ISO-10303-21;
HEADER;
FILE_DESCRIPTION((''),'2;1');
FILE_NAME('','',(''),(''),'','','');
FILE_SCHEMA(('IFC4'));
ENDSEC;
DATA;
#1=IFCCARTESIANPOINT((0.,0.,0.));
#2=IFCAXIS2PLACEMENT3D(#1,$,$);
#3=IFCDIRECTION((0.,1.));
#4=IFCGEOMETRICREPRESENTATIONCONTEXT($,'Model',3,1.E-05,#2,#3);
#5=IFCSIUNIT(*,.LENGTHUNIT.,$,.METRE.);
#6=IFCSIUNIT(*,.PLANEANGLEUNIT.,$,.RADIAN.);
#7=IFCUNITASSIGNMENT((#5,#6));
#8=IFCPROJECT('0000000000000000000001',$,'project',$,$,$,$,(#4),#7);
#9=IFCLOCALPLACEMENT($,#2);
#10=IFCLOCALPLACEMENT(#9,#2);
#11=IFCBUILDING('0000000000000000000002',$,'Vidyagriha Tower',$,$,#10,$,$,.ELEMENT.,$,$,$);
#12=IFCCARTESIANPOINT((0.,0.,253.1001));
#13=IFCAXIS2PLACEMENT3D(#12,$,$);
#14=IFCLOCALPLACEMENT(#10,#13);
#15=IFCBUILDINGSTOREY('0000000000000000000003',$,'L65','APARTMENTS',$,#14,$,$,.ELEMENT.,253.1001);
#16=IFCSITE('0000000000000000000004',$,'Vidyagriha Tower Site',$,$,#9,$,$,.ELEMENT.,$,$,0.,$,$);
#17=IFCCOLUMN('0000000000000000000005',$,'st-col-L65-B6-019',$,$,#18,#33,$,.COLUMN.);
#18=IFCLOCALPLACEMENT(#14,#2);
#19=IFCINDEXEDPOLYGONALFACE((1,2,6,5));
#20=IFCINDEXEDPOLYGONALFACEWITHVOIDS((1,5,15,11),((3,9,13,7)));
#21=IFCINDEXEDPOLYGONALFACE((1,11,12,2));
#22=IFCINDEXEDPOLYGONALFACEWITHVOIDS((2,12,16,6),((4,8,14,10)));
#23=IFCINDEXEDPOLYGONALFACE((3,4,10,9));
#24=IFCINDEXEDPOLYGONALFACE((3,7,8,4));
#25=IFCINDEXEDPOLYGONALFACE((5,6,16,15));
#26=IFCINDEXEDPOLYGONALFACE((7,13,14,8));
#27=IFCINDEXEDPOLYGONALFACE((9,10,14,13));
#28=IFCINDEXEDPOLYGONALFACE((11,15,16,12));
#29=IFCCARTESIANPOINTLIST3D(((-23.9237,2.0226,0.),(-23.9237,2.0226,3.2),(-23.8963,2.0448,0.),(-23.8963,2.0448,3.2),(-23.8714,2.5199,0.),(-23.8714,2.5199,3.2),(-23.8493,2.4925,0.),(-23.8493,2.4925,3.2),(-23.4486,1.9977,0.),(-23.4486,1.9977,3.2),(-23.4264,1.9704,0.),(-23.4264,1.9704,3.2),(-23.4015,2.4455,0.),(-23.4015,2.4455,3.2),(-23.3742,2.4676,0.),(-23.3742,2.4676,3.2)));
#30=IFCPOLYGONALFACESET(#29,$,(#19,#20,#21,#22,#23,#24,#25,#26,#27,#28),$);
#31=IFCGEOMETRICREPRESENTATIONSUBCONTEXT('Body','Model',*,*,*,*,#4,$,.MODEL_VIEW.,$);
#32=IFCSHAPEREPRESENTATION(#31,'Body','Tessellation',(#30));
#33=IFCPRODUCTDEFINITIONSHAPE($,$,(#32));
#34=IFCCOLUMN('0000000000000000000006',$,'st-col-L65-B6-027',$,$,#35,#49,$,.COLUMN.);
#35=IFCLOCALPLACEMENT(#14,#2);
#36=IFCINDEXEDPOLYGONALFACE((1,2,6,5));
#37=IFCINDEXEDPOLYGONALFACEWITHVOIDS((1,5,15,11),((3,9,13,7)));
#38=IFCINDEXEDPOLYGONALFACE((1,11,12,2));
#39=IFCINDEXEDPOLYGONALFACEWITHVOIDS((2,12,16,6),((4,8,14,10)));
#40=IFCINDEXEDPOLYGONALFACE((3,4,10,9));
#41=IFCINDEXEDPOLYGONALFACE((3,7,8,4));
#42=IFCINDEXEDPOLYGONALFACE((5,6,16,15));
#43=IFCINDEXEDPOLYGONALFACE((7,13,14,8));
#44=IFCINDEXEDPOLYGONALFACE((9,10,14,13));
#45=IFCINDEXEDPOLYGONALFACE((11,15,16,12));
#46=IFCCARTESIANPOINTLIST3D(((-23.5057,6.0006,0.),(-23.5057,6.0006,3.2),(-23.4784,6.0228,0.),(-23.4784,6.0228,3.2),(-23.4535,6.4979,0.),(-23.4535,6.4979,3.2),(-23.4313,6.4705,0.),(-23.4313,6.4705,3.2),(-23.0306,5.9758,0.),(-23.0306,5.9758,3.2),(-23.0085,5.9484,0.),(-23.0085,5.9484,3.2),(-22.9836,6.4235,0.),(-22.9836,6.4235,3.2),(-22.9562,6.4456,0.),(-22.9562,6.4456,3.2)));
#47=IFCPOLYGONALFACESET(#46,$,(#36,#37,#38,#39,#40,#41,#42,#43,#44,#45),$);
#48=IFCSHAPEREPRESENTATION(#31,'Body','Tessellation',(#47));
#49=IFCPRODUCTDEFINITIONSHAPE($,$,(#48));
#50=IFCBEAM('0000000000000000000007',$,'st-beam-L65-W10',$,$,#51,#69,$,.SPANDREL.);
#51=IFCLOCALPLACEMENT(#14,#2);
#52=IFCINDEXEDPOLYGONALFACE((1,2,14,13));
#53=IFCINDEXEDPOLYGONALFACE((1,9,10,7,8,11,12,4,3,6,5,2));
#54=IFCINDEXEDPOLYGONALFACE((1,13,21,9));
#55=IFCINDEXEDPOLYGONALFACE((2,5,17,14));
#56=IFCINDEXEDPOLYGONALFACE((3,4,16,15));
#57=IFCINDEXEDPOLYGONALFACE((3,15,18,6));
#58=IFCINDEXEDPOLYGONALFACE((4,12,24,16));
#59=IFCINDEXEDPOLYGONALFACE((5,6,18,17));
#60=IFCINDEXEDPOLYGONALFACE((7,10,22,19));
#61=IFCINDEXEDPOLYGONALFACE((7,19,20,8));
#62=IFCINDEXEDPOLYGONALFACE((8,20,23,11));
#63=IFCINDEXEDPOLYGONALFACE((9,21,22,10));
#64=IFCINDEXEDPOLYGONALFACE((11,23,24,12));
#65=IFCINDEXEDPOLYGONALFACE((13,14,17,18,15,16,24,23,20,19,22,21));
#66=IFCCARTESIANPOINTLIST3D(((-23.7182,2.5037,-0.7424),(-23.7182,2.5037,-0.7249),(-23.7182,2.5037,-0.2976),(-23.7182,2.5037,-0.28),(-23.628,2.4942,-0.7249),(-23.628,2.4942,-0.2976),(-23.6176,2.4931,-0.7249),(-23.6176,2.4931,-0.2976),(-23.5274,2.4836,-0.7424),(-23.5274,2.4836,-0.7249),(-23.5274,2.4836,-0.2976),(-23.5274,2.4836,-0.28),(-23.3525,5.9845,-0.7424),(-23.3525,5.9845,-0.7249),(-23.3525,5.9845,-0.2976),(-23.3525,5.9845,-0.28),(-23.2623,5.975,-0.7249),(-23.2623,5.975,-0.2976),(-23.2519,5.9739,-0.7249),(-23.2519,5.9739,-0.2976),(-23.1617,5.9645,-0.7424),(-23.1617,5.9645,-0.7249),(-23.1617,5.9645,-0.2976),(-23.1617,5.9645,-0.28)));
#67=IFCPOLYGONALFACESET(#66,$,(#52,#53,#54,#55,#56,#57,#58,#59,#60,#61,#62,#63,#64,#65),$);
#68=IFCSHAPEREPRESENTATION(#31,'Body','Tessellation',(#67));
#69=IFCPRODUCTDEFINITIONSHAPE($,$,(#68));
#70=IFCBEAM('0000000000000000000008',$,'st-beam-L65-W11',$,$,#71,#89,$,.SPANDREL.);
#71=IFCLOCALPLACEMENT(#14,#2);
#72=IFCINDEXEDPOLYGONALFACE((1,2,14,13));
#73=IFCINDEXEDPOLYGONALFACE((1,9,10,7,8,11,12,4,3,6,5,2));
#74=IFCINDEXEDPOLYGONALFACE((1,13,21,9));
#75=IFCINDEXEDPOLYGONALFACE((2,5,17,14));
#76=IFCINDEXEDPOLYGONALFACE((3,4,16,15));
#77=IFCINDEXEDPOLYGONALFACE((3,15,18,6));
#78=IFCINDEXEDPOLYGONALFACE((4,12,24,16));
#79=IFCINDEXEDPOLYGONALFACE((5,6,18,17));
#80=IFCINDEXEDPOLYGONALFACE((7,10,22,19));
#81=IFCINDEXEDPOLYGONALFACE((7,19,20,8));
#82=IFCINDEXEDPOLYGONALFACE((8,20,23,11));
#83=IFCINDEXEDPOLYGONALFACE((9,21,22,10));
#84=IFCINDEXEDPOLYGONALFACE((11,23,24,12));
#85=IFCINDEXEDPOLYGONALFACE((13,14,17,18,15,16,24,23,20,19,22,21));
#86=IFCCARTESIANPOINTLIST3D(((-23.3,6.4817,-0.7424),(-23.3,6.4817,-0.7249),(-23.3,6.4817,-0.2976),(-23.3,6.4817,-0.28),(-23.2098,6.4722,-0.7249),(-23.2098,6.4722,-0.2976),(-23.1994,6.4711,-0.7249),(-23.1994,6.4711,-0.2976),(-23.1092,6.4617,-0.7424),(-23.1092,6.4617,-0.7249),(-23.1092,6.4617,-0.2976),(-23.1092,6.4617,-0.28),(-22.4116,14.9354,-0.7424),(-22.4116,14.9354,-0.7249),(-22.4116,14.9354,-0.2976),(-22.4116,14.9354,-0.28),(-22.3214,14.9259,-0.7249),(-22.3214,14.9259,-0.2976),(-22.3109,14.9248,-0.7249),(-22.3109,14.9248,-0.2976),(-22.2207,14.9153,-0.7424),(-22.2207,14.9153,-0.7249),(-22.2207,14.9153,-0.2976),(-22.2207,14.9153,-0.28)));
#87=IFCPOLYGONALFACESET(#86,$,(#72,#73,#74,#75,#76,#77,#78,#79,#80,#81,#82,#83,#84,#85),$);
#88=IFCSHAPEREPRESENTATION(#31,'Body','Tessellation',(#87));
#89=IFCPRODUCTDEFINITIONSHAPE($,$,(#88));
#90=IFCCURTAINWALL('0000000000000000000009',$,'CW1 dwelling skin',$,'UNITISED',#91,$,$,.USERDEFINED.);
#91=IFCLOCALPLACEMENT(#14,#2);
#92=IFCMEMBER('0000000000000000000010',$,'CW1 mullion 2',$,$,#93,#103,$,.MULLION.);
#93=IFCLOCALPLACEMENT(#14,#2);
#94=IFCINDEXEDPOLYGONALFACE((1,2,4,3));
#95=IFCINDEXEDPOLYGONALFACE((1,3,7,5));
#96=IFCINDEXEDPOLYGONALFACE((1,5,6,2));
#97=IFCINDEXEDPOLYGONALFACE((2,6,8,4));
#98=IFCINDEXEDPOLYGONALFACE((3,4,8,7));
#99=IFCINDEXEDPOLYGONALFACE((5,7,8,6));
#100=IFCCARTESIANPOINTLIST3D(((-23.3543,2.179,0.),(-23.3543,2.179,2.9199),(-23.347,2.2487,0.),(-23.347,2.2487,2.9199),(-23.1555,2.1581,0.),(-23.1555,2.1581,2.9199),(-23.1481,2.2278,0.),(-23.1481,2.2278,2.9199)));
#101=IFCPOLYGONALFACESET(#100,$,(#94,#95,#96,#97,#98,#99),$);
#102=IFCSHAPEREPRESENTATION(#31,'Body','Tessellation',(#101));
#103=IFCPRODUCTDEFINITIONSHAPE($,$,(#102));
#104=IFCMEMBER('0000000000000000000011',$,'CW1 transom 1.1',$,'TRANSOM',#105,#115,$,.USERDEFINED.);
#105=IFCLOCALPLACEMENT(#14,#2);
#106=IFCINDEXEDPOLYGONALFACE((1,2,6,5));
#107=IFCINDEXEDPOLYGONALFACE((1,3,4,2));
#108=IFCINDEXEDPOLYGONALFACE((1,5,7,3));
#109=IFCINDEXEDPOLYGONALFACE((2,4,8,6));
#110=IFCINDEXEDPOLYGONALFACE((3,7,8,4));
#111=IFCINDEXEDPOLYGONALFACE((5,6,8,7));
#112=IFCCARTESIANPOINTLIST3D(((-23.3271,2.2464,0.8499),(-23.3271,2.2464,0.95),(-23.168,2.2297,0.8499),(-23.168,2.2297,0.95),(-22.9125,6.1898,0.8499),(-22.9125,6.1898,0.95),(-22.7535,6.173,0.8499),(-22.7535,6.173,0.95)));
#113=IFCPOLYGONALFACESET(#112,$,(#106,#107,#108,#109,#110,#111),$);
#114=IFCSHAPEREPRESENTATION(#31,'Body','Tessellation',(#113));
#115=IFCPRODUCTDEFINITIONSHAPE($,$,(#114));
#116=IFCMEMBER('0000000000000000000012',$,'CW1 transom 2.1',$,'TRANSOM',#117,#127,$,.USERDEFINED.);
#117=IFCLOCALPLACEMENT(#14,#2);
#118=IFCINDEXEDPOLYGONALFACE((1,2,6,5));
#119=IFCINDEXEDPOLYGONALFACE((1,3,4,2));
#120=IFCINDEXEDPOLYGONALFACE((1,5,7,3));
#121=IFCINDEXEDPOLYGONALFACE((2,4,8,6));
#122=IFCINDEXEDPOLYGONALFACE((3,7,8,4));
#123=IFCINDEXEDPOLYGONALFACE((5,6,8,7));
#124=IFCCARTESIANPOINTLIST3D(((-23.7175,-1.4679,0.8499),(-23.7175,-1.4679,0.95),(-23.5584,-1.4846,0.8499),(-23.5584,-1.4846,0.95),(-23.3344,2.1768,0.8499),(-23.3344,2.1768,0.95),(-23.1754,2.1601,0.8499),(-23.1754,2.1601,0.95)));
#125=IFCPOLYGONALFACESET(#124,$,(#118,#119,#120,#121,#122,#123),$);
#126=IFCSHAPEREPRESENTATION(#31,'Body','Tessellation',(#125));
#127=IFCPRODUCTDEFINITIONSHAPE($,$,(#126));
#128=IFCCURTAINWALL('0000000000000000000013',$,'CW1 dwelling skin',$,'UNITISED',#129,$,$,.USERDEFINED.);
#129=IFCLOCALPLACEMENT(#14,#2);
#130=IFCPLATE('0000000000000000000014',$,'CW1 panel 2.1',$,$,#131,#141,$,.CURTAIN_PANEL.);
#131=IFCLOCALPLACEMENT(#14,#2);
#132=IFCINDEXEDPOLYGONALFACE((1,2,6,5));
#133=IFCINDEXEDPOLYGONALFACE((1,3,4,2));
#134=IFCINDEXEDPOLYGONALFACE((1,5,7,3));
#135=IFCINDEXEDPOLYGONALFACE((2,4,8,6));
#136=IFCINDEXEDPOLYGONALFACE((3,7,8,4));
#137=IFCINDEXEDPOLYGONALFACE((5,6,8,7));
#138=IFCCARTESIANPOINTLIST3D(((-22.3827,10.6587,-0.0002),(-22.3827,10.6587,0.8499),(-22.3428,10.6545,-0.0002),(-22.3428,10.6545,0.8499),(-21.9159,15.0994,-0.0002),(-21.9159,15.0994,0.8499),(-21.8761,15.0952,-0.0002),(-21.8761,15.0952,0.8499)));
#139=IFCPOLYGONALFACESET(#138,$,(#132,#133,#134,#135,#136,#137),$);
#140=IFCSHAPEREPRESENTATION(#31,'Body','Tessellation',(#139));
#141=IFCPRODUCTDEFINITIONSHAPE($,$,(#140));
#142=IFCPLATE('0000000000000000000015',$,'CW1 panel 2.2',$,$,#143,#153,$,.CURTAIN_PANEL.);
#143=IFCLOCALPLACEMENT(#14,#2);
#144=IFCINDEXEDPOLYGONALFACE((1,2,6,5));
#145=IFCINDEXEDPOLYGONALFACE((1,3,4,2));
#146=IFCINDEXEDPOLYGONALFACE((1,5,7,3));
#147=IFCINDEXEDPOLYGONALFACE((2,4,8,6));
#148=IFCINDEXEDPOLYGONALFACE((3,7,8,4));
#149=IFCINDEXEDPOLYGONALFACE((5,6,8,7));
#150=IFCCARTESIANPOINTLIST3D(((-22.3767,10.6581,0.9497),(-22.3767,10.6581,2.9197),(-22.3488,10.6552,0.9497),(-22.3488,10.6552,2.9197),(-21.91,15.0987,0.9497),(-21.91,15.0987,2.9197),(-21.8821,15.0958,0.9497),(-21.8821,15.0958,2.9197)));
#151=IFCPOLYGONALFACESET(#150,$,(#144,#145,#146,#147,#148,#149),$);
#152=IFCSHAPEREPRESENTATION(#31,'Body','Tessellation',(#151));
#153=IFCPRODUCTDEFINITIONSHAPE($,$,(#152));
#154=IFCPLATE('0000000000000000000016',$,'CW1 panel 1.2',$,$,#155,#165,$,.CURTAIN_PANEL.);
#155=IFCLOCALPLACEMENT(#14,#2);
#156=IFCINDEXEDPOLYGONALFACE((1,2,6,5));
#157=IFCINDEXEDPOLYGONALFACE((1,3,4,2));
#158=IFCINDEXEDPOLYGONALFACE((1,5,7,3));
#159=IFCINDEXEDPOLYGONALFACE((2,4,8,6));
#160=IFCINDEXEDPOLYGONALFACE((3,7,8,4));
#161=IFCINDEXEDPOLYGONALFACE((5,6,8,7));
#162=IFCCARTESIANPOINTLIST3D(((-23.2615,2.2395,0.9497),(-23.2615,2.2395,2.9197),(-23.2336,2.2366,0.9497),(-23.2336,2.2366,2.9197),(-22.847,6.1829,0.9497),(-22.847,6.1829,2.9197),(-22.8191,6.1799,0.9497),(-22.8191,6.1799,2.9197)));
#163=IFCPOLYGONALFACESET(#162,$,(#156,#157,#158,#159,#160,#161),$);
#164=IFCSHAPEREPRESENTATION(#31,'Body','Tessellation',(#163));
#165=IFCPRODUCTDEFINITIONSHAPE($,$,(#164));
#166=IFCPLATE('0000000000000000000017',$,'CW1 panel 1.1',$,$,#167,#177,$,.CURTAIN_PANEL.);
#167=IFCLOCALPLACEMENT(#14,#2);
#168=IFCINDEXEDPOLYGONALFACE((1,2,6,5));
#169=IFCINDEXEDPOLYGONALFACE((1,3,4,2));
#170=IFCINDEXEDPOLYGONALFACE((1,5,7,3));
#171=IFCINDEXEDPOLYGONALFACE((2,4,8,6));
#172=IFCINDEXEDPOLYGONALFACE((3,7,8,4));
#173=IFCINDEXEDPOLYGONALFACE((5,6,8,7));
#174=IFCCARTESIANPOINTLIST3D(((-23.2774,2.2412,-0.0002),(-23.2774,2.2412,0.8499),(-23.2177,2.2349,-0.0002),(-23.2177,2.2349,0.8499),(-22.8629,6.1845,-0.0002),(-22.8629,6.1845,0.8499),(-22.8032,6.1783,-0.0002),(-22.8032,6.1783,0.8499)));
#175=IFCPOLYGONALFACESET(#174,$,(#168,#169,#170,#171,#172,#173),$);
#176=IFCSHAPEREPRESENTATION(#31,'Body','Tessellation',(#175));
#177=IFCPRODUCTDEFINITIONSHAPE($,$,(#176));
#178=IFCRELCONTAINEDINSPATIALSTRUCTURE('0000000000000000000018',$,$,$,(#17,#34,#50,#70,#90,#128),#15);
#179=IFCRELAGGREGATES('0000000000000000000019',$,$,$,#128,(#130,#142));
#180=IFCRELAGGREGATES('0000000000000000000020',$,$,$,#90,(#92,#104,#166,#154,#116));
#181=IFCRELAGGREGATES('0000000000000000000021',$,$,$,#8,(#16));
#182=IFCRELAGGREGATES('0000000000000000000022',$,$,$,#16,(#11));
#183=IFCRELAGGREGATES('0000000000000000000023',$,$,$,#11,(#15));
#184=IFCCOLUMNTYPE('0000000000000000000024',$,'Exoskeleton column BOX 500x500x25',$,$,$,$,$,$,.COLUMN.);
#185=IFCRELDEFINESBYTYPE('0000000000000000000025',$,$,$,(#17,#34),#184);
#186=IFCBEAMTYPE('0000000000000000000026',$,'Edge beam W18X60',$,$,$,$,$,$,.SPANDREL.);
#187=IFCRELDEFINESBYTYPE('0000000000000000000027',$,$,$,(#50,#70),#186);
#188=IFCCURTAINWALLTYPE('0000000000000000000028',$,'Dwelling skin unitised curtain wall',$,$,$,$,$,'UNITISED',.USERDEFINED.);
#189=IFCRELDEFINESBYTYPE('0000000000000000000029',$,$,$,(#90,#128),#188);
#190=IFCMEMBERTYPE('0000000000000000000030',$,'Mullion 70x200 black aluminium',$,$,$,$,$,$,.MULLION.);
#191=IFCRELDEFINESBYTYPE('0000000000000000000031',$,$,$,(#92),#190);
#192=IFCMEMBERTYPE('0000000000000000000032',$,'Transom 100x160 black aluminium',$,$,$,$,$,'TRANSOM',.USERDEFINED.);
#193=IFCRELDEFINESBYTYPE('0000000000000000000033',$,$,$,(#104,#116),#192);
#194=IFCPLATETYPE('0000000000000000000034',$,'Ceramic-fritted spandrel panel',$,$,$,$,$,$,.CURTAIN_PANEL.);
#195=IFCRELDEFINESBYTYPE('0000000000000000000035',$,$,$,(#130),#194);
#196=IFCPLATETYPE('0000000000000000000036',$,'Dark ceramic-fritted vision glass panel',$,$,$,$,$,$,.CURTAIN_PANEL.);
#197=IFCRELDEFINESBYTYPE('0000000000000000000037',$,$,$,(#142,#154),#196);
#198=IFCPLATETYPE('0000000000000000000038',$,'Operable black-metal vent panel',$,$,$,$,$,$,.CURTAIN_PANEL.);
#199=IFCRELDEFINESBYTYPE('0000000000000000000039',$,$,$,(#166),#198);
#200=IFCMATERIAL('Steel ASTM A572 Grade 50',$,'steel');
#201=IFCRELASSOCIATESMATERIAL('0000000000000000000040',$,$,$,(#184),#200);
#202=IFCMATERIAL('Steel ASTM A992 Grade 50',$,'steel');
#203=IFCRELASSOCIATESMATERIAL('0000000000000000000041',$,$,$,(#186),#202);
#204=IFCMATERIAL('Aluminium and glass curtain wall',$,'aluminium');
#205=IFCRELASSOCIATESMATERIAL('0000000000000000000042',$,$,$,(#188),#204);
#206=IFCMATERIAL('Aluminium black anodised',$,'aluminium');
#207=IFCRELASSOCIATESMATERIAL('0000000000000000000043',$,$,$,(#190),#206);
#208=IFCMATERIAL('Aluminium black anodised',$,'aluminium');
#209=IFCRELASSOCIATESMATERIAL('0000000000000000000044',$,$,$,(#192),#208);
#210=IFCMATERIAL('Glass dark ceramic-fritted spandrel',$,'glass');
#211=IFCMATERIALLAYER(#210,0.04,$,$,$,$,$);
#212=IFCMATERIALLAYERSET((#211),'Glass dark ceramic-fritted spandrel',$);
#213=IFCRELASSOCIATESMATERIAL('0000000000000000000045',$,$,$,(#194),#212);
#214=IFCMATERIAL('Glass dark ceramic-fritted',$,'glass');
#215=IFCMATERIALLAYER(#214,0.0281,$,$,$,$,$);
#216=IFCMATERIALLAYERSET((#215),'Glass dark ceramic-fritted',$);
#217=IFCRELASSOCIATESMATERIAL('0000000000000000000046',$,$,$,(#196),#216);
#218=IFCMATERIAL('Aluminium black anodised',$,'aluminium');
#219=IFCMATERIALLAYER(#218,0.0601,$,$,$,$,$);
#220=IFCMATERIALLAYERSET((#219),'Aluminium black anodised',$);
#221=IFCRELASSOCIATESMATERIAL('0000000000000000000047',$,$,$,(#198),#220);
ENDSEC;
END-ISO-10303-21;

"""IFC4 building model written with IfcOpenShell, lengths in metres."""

from ifc_helpers import new_model, si_unit, direction, frame, origin, origin_2d, place, context, subcontext, project, spatial, rectangle, hollow_rectangle, i_section, extrude, material, layer, layer_set, material_profile, profile_set, type_object, element, aggregate, save


model = new_model("IFC4")

# Units and contexts
model_context = context("Model", 3, precision=1e-05, world=origin(), true_north=direction((0.0, 1.0)))
body_context = subcontext(model_context, "Body", "Model", "MODEL_VIEW")
ifc_project = project(units=[si_unit("LENGTHUNIT", "METRE"), si_unit("PLANEANGLEUNIT", "RADIAN")], contexts=[model_context])

# Site, building, storey
site_placement = place(None, origin())
site = spatial("IfcSite", under=ifc_project, at=site_placement, Name="Vidyagriha Tower Site", CompositionType="ELEMENT", RefElevation=0.0)
building_placement = place(site_placement, origin())
building = spatial("IfcBuilding", under=site, at=building_placement, Name="Vidyagriha Tower", CompositionType="ELEMENT")
storey_placement = place(building_placement, frame((0.0, 0.0, 253.1001)))
storey = spatial("IfcBuildingStorey", under=building, at=storey_placement, Name="L65", Description="APARTMENTS", CompositionType="ELEMENT", Elevation=253.1001)

# Columns
ifc_material_1 = material(Name="Steel ASTM A572 Grade 50", Category="steel")
ifc_material_profile_1 = material_profile(ifc_material_1, hollow_rectangle(XDim=0.5, YDim=0.5, WallThickness=0.0249, at=origin_2d()), Name="BOX 500x500x25")
ifc_profile_set_1 = profile_set([ifc_material_profile_1], Name="Steel ASTM A572 Grade 50")
column_type = type_object("IfcColumnType", Name="Exoskeleton column BOX 500x500x25", PredefinedType="COLUMN", material=ifc_profile_set_1)
for number, where, z_axis, x_axis, name in (
    (1, (-23.6489, 2.2451, 0.0), (0.0, 0.0, 1.0), (0.994522, -0.104528, 0.0), "st-col-L65-B6-019"),
    (2, (-23.231, 6.2231, 0.0), (0.0, 0.0, 1.0), (0.994522, -0.104528, 0.0), "st-col-L65-B6-027"),
):
    element("IfcColumn", number, at=place(storey_placement, frame(where, z_axis=z_axis, x_axis=x_axis)), inside=storey, type_object=column_type, Name=name, PredefinedType="COLUMN", context=body_context, shape_type="SweptSolid", body=[
        extrude(hollow_rectangle(XDim=0.5, YDim=0.5, WallThickness=0.0249, at=origin_2d()), origin(), (0.0, 0.0, 1.0), 3.2),
    ])

# Beams
ifc_material_2 = material(Name="Steel ASTM A992 Grade 50", Category="steel")
ifc_material_profile_2 = material_profile(ifc_material_2, i_section(OverallWidth=0.1919, OverallDepth=0.4624, WebThickness=0.0105, FlangeThickness=0.0176, at=origin_2d()), Name="W18X60")
ifc_profile_set_2 = profile_set([ifc_material_profile_2], Name="Steel ASTM A992 Grade 50")
beam_type = type_object("IfcBeamType", Name="Edge beam W18X60", PredefinedType="SPANDREL", material=ifc_profile_set_2)
beam_1_placement = place(storey_placement, frame((-23.6228, 2.4937, -0.5112), z_axis=(0.104489, 0.994526, 0.0), x_axis=(-0.994526, 0.104489, 0.0)))
element("IfcBeam", 3, at=beam_1_placement, inside=storey, type_object=beam_type, Name="st-beam-L65-W10", PredefinedType="SPANDREL", context=body_context, shape_type="SweptSolid", body=[
    extrude(i_section(OverallWidth=0.1919, OverallDepth=0.4624, WebThickness=0.0105, FlangeThickness=0.0176, at=origin_2d()), origin(), (0.0, 0.0, 1.0), 3.5),
])
beam_2_placement = place(storey_placement, frame((-23.2046, 6.4717, -0.5112), z_axis=(0.104519, 0.994523, 0.0), x_axis=(-0.994523, 0.104519, 0.0)))
element("IfcBeam", 4, at=beam_2_placement, inside=storey, type_object=beam_type, Name="st-beam-L65-W11", PredefinedType="SPANDREL", context=body_context, shape_type="SweptSolid", body=[
    extrude(i_section(OverallWidth=0.1919, OverallDepth=0.4624, WebThickness=0.0105, FlangeThickness=0.0176, at=origin_2d()), origin(), (0.0, 0.0, 1.0), 8.5002),
])

# Curtain wall, members
ifc_material_3 = material(Name="Aluminium and glass curtain wall", Category="aluminium")
curtain_wall_type = type_object("IfcCurtainWallType", Name="Dwelling skin unitised curtain wall", ElementType="UNITISED", PredefinedType="USERDEFINED", material=ifc_material_3)
curtain_wall_1_placement = place(storey_placement, origin())
curtain_wall_1 = element("IfcCurtainWall", 5, at=curtain_wall_1_placement, inside=storey, type_object=curtain_wall_type, Name="CW1 dwelling skin", ObjectType="UNITISED", PredefinedType="USERDEFINED")
ifc_material_4 = material(Name="Aluminium black anodised", Category="aluminium")
ifc_material_profile_3 = material_profile(ifc_material_4, rectangle(XDim=0.2, YDim=0.0701, at=origin_2d()), Name="Mullion 70x200 black aluminium")
ifc_profile_set_3 = profile_set([ifc_material_profile_3], Name="Aluminium black anodised")
member_type_1 = type_object("IfcMemberType", Name="Mullion 70x200 black aluminium", PredefinedType="MULLION", material=ifc_profile_set_3)
member_1_placement = place(storey_placement, frame((-23.2512, 2.2034, 0.0), z_axis=(0.0, 0.0, 1.0), x_axis=(0.994521, -0.104533, 0.0)))
member_1 = element("IfcMember", 6, at=member_1_placement, type_object=member_type_1, Name="CW1 mullion 2", PredefinedType="MULLION", context=body_context, shape_type="SweptSolid", body=[
    extrude(rectangle(XDim=0.2, YDim=0.0701, at=origin_2d()), origin(), (0.0, 0.0, 1.0), 2.9199),
])
ifc_material_5 = material(Name="Aluminium black anodised", Category="aluminium")
ifc_material_profile_4 = material_profile(ifc_material_5, rectangle(XDim=0.1599, YDim=0.1001, at=origin_2d()), Name="Transom 100x160 black aluminium")
ifc_profile_set_4 = profile_set([ifc_material_profile_4], Name="Aluminium black anodised")
member_type_2 = type_object("IfcMemberType", Name="Transom 100x160 black aluminium", ElementType="TRANSOM", PredefinedType="USERDEFINED", material=ifc_profile_set_4)
member_2_placement = place(storey_placement, frame((-22.833, 6.1814, 0.8999), z_axis=(-0.10455, -0.99452, 0.0), x_axis=(0.99452, -0.10455, 0.0)))
member_2 = element("IfcMember", 7, at=member_2_placement, type_object=member_type_2, Name="CW1 transom 1.1", ObjectType="TRANSOM", PredefinedType="USERDEFINED", context=body_context, shape_type="SweptSolid", body=[
    extrude(rectangle(XDim=0.1599, YDim=0.1001, at=origin_2d()), origin(), (0.0, 0.0, 1.0), 3.9651),
])
member_3_placement = place(storey_placement, frame((-23.2549, 2.1685, 0.8999), z_axis=(-0.104522, -0.994523, 0.0), x_axis=(0.994523, -0.104522, 0.0)))
member_3 = element("IfcMember", 8, at=member_3_placement, type_object=member_type_2, Name="CW1 transom 2.1", ObjectType="TRANSOM", PredefinedType="USERDEFINED", context=body_context, shape_type="SweptSolid", body=[
    extrude(rectangle(XDim=0.1599, YDim=0.1001, at=origin_2d()), origin(), (0.0, 0.0, 1.0), 3.6648),
])

# Curtain wall, plates
curtain_wall_2_placement = place(storey_placement, origin())
curtain_wall_2 = element("IfcCurtainWall", 9, at=curtain_wall_2_placement, inside=storey, type_object=curtain_wall_type, Name="CW1 dwelling skin", ObjectType="UNITISED", PredefinedType="USERDEFINED")
ifc_material_6 = material(Name="Glass dark ceramic-fritted spandrel", Category="glass")
ifc_layer_1 = layer(ifc_material_6, 0.04)
ifc_layer_set_1 = layer_set([ifc_layer_1], Name="Glass dark ceramic-fritted spandrel")
plate_type_1 = type_object("IfcPlateType", Name="Ceramic-fritted spandrel panel", PredefinedType="CURTAIN_PANEL", material=ifc_layer_set_1)
plate_1_placement = place(storey_placement, frame((-22.1294, 12.877, -0.0002), z_axis=(0.0, 0.0, 1.0), x_axis=(-0.104525, -0.994522, 0.0)))
plate_1 = element("IfcPlate", 10, at=plate_1_placement, type_object=plate_type_1, Name="CW1 panel 2.1", PredefinedType="CURTAIN_PANEL", context=body_context, shape_type="SweptSolid", body=[
    extrude(rectangle(XDim=4.4651, YDim=0.04, at=origin_2d()), origin(), (0.0, 0.0, 1.0), 0.8501),
])
ifc_material_7 = material(Name="Glass dark ceramic-fritted", Category="glass")
ifc_layer_2 = layer(ifc_material_7, 0.0281)
ifc_layer_set_2 = layer_set([ifc_layer_2], Name="Glass dark ceramic-fritted")
plate_type_2 = type_object("IfcPlateType", Name="Dark ceramic-fritted vision glass panel", PredefinedType="CURTAIN_PANEL", material=ifc_layer_set_2)
plate_2_placement = place(storey_placement, frame((-22.1294, 12.877, 0.9497), z_axis=(0.0, 0.0, 1.0), x_axis=(-0.104525, -0.994522, 0.0)))
plate_2 = element("IfcPlate", 11, at=plate_2_placement, type_object=plate_type_2, Name="CW1 panel 2.2", PredefinedType="CURTAIN_PANEL", context=body_context, shape_type="SweptSolid", body=[
    extrude(rectangle(XDim=4.4651, YDim=0.0281, at=origin_2d()), origin(), (0.0, 0.0, 1.0), 1.97),
])
aggregate(curtain_wall_2, [plate_1, plate_2])

# Plates
plate_3_placement = place(storey_placement, frame((-23.0403, 4.2097, 0.9497), z_axis=(0.0, 0.0, 1.0), x_axis=(-0.104533, -0.994521, 0.0)))
plate_3 = element("IfcPlate", 12, at=plate_3_placement, type_object=plate_type_2, Name="CW1 panel 1.2", PredefinedType="CURTAIN_PANEL", context=body_context, shape_type="SweptSolid", body=[
    extrude(rectangle(XDim=3.9651, YDim=0.0281, at=origin_2d()), origin(), (0.0, 0.0, 1.0), 1.97),
])
ifc_material_8 = material(Name="Aluminium black anodised", Category="aluminium")
ifc_layer_3 = layer(ifc_material_8, 0.0601)
ifc_layer_set_3 = layer_set([ifc_layer_3], Name="Aluminium black anodised")
plate_type_3 = type_object("IfcPlateType", Name="Operable black-metal vent panel", PredefinedType="CURTAIN_PANEL", material=ifc_layer_set_3)
plate_4_placement = place(storey_placement, frame((-23.0403, 4.2097, -0.0002), z_axis=(0.0, 0.0, 1.0), x_axis=(-0.104533, -0.994521, 0.0)))
plate_4 = element("IfcPlate", 13, at=plate_4_placement, type_object=plate_type_3, Name="CW1 panel 1.1", PredefinedType="CURTAIN_PANEL", context=body_context, shape_type="SweptSolid", body=[
    extrude(rectangle(XDim=3.9651, YDim=0.0601, at=origin_2d()), origin(), (0.0, 0.0, 1.0), 0.8501),
])
aggregate(curtain_wall_1, [member_1, member_2, plate_4, plate_3, member_3])

save(model, "model.ifc")
